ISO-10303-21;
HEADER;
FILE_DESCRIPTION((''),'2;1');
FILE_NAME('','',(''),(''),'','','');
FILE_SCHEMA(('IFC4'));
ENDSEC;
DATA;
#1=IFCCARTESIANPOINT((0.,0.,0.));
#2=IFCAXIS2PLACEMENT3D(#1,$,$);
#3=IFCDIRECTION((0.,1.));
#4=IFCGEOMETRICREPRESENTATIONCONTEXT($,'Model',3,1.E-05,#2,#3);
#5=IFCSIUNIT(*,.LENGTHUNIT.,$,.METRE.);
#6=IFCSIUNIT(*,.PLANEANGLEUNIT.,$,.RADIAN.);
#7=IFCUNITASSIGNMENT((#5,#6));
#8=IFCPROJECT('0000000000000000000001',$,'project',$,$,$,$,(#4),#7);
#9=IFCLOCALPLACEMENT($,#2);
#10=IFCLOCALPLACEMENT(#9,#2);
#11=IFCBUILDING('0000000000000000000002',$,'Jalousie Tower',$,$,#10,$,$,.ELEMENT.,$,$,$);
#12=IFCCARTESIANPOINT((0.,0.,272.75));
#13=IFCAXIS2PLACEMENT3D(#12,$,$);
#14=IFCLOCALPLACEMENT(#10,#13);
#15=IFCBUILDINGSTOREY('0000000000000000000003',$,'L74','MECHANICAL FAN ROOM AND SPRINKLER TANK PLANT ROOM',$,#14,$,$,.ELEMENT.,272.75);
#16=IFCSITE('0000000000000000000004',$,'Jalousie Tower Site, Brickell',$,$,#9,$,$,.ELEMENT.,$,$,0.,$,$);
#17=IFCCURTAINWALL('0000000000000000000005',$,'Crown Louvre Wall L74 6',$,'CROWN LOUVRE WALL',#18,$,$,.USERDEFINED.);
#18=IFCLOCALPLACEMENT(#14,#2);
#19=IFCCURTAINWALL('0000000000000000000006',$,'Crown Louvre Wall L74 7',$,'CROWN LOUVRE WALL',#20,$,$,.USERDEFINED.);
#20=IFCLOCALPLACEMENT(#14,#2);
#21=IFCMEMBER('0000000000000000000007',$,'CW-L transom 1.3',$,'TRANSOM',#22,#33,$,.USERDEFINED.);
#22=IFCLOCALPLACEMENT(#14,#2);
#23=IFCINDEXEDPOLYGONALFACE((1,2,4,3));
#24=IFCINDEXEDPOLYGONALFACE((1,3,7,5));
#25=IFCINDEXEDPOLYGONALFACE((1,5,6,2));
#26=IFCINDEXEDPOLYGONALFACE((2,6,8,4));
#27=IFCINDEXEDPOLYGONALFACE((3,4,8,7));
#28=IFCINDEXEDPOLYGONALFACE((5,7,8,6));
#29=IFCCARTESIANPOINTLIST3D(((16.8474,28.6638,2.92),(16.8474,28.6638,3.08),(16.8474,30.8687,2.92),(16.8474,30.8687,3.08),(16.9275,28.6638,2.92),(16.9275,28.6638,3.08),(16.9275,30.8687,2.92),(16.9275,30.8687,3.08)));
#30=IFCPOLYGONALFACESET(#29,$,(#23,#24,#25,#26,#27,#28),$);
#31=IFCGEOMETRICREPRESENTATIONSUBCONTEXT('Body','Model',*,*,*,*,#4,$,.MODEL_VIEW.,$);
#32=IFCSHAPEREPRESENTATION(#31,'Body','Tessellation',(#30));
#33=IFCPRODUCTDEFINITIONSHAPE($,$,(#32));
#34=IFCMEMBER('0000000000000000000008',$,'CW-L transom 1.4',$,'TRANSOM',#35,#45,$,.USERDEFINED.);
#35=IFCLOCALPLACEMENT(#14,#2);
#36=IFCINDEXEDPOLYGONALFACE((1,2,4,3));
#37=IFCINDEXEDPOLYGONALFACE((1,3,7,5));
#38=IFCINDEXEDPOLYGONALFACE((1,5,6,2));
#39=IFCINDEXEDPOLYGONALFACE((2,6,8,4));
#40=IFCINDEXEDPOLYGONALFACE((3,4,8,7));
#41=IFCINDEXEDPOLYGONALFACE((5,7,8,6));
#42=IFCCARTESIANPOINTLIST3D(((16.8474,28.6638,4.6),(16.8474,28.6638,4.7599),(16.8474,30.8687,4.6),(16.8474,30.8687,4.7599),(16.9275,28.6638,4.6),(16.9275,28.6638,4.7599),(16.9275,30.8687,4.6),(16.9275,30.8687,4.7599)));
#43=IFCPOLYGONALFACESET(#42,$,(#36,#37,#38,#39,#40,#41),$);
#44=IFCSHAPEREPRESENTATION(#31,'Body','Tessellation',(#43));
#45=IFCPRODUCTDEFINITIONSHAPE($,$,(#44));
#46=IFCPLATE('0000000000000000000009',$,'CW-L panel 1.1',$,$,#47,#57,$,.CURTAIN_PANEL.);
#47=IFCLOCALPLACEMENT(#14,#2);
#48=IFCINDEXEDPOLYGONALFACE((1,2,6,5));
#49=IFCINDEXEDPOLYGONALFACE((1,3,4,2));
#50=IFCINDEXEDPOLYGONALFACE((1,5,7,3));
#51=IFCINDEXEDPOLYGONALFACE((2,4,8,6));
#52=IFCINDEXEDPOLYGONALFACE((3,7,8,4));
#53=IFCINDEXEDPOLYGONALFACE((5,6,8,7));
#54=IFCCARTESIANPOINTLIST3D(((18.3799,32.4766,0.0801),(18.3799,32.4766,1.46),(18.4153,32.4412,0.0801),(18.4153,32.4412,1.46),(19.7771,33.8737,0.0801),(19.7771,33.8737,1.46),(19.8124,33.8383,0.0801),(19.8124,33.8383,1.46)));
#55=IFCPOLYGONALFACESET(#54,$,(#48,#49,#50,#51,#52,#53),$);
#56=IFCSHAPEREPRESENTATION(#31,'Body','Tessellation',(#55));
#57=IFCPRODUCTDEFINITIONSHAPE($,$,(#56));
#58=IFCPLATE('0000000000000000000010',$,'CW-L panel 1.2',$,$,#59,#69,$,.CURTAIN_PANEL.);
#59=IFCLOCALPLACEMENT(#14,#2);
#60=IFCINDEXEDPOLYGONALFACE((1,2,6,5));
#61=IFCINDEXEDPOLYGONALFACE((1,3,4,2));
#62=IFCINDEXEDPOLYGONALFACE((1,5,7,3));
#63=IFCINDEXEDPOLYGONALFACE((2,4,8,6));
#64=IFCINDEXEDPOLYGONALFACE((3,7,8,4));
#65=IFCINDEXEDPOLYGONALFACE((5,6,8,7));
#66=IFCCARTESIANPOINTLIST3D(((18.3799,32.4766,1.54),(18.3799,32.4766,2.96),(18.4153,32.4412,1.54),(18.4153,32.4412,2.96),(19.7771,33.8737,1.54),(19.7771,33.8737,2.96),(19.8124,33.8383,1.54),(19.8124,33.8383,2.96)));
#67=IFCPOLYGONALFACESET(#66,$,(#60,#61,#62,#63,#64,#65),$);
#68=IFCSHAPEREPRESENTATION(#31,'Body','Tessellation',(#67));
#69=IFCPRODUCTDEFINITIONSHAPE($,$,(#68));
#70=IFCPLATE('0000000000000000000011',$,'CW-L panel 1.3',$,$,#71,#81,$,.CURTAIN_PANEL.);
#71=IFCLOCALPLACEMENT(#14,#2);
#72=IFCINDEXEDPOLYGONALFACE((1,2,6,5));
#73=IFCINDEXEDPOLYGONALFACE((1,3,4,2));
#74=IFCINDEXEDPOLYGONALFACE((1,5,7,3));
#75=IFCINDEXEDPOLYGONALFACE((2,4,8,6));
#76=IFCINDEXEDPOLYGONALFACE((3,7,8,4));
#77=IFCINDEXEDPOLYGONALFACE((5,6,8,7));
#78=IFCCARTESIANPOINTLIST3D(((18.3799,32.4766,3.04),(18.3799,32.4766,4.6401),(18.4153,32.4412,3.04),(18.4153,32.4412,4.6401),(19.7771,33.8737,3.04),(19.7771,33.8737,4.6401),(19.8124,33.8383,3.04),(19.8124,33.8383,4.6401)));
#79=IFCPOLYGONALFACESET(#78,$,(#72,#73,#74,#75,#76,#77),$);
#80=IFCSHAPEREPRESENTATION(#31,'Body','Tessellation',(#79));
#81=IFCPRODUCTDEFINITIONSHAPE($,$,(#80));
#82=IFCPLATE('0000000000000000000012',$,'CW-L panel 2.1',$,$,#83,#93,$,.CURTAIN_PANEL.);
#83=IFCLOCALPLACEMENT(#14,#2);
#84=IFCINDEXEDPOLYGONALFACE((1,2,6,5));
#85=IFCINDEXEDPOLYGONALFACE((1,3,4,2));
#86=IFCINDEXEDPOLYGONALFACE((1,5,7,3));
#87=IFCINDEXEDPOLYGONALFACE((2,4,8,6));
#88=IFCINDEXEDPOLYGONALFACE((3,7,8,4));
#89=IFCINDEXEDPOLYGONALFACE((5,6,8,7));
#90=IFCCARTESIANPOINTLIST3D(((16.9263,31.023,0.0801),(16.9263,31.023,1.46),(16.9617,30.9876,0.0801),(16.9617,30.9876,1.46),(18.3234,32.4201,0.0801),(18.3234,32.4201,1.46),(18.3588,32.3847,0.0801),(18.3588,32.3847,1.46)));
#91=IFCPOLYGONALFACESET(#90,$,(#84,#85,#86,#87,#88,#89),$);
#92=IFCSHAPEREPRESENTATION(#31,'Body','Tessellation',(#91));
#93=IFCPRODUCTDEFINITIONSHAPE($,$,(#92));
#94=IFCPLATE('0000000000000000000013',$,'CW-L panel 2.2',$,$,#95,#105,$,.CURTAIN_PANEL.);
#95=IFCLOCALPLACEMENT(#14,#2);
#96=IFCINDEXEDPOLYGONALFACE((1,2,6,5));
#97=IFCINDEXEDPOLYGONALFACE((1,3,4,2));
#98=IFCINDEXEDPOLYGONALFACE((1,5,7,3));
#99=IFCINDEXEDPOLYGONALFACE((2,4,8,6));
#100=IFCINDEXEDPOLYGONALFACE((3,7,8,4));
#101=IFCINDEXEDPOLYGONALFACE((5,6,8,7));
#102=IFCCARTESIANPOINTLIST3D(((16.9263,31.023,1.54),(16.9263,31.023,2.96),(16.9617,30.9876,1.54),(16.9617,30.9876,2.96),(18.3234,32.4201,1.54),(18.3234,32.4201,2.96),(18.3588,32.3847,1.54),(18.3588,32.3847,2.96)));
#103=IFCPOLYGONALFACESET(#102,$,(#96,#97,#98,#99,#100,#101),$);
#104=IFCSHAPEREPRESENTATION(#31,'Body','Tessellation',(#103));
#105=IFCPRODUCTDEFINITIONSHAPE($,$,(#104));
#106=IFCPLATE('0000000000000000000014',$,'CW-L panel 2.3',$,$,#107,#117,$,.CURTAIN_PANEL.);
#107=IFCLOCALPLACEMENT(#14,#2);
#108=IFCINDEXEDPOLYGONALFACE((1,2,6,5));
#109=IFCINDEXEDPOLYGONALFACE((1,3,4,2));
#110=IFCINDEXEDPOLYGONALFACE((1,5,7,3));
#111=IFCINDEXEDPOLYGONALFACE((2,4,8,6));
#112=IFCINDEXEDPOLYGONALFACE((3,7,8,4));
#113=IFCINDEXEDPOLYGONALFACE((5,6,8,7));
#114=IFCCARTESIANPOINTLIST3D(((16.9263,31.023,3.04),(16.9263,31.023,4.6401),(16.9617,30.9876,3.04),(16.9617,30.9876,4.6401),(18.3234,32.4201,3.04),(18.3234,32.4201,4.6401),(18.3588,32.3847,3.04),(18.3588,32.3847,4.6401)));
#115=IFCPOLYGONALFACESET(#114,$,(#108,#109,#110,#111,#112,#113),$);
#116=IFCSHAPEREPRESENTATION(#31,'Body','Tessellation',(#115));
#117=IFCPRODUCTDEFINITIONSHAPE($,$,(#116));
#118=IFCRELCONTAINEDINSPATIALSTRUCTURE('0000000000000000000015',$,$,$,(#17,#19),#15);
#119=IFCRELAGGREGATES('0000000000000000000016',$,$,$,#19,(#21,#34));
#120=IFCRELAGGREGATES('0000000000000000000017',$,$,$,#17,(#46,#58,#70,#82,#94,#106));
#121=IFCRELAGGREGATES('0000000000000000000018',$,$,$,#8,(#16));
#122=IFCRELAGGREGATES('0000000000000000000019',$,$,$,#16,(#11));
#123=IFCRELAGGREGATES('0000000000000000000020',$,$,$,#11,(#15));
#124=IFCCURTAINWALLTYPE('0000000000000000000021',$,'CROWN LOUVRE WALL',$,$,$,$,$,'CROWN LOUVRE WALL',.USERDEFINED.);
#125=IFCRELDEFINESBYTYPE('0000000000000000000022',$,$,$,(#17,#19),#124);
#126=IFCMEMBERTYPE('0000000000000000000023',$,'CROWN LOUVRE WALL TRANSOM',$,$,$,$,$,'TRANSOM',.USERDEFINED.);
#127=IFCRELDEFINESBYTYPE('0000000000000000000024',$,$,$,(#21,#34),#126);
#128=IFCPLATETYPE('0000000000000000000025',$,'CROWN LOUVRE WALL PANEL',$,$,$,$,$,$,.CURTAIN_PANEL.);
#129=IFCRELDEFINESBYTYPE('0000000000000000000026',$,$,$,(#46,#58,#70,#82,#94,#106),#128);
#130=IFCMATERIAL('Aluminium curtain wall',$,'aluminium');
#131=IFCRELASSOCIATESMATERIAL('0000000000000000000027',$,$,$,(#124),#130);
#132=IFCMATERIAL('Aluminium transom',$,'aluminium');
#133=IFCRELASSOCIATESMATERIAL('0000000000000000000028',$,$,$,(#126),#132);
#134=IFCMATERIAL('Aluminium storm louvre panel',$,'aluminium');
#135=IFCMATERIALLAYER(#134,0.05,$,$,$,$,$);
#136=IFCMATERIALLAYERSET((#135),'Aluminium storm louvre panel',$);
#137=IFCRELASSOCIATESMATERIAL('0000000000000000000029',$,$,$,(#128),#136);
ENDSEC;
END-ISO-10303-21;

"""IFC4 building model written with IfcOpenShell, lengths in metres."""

from ifc_helpers import new_model, si_unit, direction, frame, origin, origin_2d, place, context, subcontext, project, spatial, rectangle, extrude, material, layer, layer_set, material_profile, profile_set, type_object, element, aggregate, save


model = new_model("IFC4")

# Units and contexts
model_context = context("Model", 3, precision=1e-05, world=origin(), true_north=direction((0.0, 1.0)))
body_context = subcontext(model_context, "Body", "Model", "MODEL_VIEW")
ifc_project = project(units=[si_unit("LENGTHUNIT", "METRE"), si_unit("PLANEANGLEUNIT", "RADIAN")], contexts=[model_context])

# Site, building, storey
site_placement = place(None, origin())
site = spatial("IfcSite", under=ifc_project, at=site_placement, Name="Jalousie Tower Site, Brickell", CompositionType="ELEMENT", RefElevation=0.0)
building_placement = place(site_placement, origin())
building = spatial("IfcBuilding", under=site, at=building_placement, Name="Jalousie Tower", CompositionType="ELEMENT")
storey_placement = place(building_placement, frame((0.0, 0.0, 272.75)))
storey = spatial("IfcBuildingStorey", under=building, at=storey_placement, Name="L74", Description="MECHANICAL FAN ROOM AND SPRINKLER TANK PLANT ROOM", CompositionType="ELEMENT", Elevation=272.75)

# Shared definitions
ifc_material_1 = material(Name="Aluminium curtain wall", Category="aluminium")
curtain_wall_type = type_object("IfcCurtainWallType", Name="CROWN LOUVRE WALL", ElementType="CROWN LOUVRE WALL", PredefinedType="USERDEFINED", material=ifc_material_1)

# Curtain wall
curtain_wall_1_placement = place(storey_placement, origin())
curtain_wall_1 = element("IfcCurtainWall", 1, at=curtain_wall_1_placement, inside=storey, type_object=curtain_wall_type, Name="Crown Louvre Wall L74 6", ObjectType="CROWN LOUVRE WALL", PredefinedType="USERDEFINED")

# Curtain wall
curtain_wall_2_placement = place(storey_placement, origin())
curtain_wall_2 = element("IfcCurtainWall", 2, at=curtain_wall_2_placement, inside=storey, type_object=curtain_wall_type, Name="Crown Louvre Wall L74 7", ObjectType="CROWN LOUVRE WALL", PredefinedType="USERDEFINED")

# Members
ifc_material_2 = material(Name="Aluminium transom", Category="aluminium")
ifc_material_profile_1 = material_profile(ifc_material_2, rectangle(XDim=0.0801, YDim=0.1599, at=origin_2d()), Name="TRANSOM 80x160")
ifc_profile_set_1 = profile_set([ifc_material_profile_1], Name="Aluminium transom")
member_type_1 = type_object("IfcMemberType", Name="CROWN LOUVRE WALL TRANSOM", ElementType="TRANSOM", PredefinedType="USERDEFINED", material=ifc_profile_set_1)
member_1_placement = place(storey_placement, frame((16.8875, 30.8687, 3.0), z_axis=(0.0, -1.0, 0.0), x_axis=(1.0, 0.0, 0.0)))
member_1 = element("IfcMember", 3, at=member_1_placement, type_object=member_type_1, Name="CW-L transom 1.3", ObjectType="TRANSOM", PredefinedType="USERDEFINED", context=body_context, shape_type="SweptSolid", body=[
    extrude(rectangle(XDim=0.0801, YDim=0.1599, at=origin_2d()), origin(), (0.0, 0.0, 1.0), 2.2048),
])
member_2_placement = place(storey_placement, frame((16.8875, 30.8687, 4.6799), z_axis=(0.0, -1.0, 0.0), x_axis=(1.0, 0.0, 0.0)))
member_2 = element("IfcMember", 4, at=member_2_placement, type_object=member_type_1, Name="CW-L transom 1.4", ObjectType="TRANSOM", PredefinedType="USERDEFINED", context=body_context, shape_type="SweptSolid", body=[
    extrude(rectangle(XDim=0.0801, YDim=0.1599, at=origin_2d()), origin(), (0.0, 0.0, 1.0), 2.2048),
])
aggregate(curtain_wall_2, [member_1, member_2])

# Plates
ifc_material_3 = material(Name="Aluminium storm louvre panel", Category="aluminium")
ifc_layer = layer(ifc_material_3, 0.05)
ifc_layer_set = layer_set([ifc_layer], Name="Aluminium storm louvre panel")
plate_type = type_object("IfcPlateType", Name="CROWN LOUVRE WALL PANEL", PredefinedType="CURTAIN_PANEL", material=ifc_layer_set)
plate_1_placement = place(storey_placement, frame((19.0962, 33.1575, 0.0801), z_axis=(0.0, 0.0, 1.0), x_axis=(-0.707107, -0.707107, 0.0)))
plate_1 = element("IfcPlate", 5, at=plate_1_placement, type_object=plate_type, Name="CW-L panel 1.1", PredefinedType="CURTAIN_PANEL", context=body_context, shape_type="SweptSolid", body=[
    extrude(rectangle(XDim=1.9758, YDim=0.05, at=origin_2d()), origin(), (0.0, 0.0, 1.0), 1.3799),
])
plate_2_placement = place(storey_placement, frame((19.0962, 33.1575, 1.54), z_axis=(0.0, 0.0, 1.0), x_axis=(-0.707107, -0.707107, 0.0)))
plate_2 = element("IfcPlate", 6, at=plate_2_placement, type_object=plate_type, Name="CW-L panel 1.2", PredefinedType="CURTAIN_PANEL", context=body_context, shape_type="SweptSolid", body=[
    extrude(rectangle(XDim=1.9758, YDim=0.05, at=origin_2d()), origin(), (0.0, 0.0, 1.0), 1.4199),
])
plate_3_placement = place(storey_placement, frame((19.0962, 33.1575, 3.04), z_axis=(0.0, 0.0, 1.0), x_axis=(-0.707107, -0.707107, 0.0)))
plate_3 = element("IfcPlate", 7, at=plate_3_placement, type_object=plate_type, Name="CW-L panel 1.3", PredefinedType="CURTAIN_PANEL", context=body_context, shape_type="SweptSolid", body=[
    extrude(rectangle(XDim=1.9758, YDim=0.05, at=origin_2d()), origin(), (0.0, 0.0, 1.0), 1.6001),
])
plate_4_placement = place(storey_placement, frame((17.6426, 31.7039, 0.0801), z_axis=(0.0, 0.0, 1.0), x_axis=(-0.707107, -0.707107, 0.0)))
plate_4 = element("IfcPlate", 8, at=plate_4_placement, type_object=plate_type, Name="CW-L panel 2.1", PredefinedType="CURTAIN_PANEL", context=body_context, shape_type="SweptSolid", body=[
    extrude(rectangle(XDim=1.9758, YDim=0.05, at=origin_2d()), origin(), (0.0, 0.0, 1.0), 1.3799),
])
plate_5_placement = place(storey_placement, frame((17.6426, 31.7039, 1.54), z_axis=(0.0, 0.0, 1.0), x_axis=(-0.707107, -0.707107, 0.0)))
plate_5 = element("IfcPlate", 9, at=plate_5_placement, type_object=plate_type, Name="CW-L panel 2.2", PredefinedType="CURTAIN_PANEL", context=body_context, shape_type="SweptSolid", body=[
    extrude(rectangle(XDim=1.9758, YDim=0.05, at=origin_2d()), origin(), (0.0, 0.0, 1.0), 1.4199),
])
plate_6_placement = place(storey_placement, frame((17.6426, 31.7039, 3.04), z_axis=(0.0, 0.0, 1.0), x_axis=(-0.707107, -0.707107, 0.0)))
plate_6 = element("IfcPlate", 10, at=plate_6_placement, type_object=plate_type, Name="CW-L panel 2.3", PredefinedType="CURTAIN_PANEL", context=body_context, shape_type="SweptSolid", body=[
    extrude(rectangle(XDim=1.9758, YDim=0.05, at=origin_2d()), origin(), (0.0, 0.0, 1.0), 1.6001),
])
aggregate(curtain_wall_1, [plate_1, plate_2, plate_3, plate_4, plate_5, plate_6])

save(model, "model.ifc")
